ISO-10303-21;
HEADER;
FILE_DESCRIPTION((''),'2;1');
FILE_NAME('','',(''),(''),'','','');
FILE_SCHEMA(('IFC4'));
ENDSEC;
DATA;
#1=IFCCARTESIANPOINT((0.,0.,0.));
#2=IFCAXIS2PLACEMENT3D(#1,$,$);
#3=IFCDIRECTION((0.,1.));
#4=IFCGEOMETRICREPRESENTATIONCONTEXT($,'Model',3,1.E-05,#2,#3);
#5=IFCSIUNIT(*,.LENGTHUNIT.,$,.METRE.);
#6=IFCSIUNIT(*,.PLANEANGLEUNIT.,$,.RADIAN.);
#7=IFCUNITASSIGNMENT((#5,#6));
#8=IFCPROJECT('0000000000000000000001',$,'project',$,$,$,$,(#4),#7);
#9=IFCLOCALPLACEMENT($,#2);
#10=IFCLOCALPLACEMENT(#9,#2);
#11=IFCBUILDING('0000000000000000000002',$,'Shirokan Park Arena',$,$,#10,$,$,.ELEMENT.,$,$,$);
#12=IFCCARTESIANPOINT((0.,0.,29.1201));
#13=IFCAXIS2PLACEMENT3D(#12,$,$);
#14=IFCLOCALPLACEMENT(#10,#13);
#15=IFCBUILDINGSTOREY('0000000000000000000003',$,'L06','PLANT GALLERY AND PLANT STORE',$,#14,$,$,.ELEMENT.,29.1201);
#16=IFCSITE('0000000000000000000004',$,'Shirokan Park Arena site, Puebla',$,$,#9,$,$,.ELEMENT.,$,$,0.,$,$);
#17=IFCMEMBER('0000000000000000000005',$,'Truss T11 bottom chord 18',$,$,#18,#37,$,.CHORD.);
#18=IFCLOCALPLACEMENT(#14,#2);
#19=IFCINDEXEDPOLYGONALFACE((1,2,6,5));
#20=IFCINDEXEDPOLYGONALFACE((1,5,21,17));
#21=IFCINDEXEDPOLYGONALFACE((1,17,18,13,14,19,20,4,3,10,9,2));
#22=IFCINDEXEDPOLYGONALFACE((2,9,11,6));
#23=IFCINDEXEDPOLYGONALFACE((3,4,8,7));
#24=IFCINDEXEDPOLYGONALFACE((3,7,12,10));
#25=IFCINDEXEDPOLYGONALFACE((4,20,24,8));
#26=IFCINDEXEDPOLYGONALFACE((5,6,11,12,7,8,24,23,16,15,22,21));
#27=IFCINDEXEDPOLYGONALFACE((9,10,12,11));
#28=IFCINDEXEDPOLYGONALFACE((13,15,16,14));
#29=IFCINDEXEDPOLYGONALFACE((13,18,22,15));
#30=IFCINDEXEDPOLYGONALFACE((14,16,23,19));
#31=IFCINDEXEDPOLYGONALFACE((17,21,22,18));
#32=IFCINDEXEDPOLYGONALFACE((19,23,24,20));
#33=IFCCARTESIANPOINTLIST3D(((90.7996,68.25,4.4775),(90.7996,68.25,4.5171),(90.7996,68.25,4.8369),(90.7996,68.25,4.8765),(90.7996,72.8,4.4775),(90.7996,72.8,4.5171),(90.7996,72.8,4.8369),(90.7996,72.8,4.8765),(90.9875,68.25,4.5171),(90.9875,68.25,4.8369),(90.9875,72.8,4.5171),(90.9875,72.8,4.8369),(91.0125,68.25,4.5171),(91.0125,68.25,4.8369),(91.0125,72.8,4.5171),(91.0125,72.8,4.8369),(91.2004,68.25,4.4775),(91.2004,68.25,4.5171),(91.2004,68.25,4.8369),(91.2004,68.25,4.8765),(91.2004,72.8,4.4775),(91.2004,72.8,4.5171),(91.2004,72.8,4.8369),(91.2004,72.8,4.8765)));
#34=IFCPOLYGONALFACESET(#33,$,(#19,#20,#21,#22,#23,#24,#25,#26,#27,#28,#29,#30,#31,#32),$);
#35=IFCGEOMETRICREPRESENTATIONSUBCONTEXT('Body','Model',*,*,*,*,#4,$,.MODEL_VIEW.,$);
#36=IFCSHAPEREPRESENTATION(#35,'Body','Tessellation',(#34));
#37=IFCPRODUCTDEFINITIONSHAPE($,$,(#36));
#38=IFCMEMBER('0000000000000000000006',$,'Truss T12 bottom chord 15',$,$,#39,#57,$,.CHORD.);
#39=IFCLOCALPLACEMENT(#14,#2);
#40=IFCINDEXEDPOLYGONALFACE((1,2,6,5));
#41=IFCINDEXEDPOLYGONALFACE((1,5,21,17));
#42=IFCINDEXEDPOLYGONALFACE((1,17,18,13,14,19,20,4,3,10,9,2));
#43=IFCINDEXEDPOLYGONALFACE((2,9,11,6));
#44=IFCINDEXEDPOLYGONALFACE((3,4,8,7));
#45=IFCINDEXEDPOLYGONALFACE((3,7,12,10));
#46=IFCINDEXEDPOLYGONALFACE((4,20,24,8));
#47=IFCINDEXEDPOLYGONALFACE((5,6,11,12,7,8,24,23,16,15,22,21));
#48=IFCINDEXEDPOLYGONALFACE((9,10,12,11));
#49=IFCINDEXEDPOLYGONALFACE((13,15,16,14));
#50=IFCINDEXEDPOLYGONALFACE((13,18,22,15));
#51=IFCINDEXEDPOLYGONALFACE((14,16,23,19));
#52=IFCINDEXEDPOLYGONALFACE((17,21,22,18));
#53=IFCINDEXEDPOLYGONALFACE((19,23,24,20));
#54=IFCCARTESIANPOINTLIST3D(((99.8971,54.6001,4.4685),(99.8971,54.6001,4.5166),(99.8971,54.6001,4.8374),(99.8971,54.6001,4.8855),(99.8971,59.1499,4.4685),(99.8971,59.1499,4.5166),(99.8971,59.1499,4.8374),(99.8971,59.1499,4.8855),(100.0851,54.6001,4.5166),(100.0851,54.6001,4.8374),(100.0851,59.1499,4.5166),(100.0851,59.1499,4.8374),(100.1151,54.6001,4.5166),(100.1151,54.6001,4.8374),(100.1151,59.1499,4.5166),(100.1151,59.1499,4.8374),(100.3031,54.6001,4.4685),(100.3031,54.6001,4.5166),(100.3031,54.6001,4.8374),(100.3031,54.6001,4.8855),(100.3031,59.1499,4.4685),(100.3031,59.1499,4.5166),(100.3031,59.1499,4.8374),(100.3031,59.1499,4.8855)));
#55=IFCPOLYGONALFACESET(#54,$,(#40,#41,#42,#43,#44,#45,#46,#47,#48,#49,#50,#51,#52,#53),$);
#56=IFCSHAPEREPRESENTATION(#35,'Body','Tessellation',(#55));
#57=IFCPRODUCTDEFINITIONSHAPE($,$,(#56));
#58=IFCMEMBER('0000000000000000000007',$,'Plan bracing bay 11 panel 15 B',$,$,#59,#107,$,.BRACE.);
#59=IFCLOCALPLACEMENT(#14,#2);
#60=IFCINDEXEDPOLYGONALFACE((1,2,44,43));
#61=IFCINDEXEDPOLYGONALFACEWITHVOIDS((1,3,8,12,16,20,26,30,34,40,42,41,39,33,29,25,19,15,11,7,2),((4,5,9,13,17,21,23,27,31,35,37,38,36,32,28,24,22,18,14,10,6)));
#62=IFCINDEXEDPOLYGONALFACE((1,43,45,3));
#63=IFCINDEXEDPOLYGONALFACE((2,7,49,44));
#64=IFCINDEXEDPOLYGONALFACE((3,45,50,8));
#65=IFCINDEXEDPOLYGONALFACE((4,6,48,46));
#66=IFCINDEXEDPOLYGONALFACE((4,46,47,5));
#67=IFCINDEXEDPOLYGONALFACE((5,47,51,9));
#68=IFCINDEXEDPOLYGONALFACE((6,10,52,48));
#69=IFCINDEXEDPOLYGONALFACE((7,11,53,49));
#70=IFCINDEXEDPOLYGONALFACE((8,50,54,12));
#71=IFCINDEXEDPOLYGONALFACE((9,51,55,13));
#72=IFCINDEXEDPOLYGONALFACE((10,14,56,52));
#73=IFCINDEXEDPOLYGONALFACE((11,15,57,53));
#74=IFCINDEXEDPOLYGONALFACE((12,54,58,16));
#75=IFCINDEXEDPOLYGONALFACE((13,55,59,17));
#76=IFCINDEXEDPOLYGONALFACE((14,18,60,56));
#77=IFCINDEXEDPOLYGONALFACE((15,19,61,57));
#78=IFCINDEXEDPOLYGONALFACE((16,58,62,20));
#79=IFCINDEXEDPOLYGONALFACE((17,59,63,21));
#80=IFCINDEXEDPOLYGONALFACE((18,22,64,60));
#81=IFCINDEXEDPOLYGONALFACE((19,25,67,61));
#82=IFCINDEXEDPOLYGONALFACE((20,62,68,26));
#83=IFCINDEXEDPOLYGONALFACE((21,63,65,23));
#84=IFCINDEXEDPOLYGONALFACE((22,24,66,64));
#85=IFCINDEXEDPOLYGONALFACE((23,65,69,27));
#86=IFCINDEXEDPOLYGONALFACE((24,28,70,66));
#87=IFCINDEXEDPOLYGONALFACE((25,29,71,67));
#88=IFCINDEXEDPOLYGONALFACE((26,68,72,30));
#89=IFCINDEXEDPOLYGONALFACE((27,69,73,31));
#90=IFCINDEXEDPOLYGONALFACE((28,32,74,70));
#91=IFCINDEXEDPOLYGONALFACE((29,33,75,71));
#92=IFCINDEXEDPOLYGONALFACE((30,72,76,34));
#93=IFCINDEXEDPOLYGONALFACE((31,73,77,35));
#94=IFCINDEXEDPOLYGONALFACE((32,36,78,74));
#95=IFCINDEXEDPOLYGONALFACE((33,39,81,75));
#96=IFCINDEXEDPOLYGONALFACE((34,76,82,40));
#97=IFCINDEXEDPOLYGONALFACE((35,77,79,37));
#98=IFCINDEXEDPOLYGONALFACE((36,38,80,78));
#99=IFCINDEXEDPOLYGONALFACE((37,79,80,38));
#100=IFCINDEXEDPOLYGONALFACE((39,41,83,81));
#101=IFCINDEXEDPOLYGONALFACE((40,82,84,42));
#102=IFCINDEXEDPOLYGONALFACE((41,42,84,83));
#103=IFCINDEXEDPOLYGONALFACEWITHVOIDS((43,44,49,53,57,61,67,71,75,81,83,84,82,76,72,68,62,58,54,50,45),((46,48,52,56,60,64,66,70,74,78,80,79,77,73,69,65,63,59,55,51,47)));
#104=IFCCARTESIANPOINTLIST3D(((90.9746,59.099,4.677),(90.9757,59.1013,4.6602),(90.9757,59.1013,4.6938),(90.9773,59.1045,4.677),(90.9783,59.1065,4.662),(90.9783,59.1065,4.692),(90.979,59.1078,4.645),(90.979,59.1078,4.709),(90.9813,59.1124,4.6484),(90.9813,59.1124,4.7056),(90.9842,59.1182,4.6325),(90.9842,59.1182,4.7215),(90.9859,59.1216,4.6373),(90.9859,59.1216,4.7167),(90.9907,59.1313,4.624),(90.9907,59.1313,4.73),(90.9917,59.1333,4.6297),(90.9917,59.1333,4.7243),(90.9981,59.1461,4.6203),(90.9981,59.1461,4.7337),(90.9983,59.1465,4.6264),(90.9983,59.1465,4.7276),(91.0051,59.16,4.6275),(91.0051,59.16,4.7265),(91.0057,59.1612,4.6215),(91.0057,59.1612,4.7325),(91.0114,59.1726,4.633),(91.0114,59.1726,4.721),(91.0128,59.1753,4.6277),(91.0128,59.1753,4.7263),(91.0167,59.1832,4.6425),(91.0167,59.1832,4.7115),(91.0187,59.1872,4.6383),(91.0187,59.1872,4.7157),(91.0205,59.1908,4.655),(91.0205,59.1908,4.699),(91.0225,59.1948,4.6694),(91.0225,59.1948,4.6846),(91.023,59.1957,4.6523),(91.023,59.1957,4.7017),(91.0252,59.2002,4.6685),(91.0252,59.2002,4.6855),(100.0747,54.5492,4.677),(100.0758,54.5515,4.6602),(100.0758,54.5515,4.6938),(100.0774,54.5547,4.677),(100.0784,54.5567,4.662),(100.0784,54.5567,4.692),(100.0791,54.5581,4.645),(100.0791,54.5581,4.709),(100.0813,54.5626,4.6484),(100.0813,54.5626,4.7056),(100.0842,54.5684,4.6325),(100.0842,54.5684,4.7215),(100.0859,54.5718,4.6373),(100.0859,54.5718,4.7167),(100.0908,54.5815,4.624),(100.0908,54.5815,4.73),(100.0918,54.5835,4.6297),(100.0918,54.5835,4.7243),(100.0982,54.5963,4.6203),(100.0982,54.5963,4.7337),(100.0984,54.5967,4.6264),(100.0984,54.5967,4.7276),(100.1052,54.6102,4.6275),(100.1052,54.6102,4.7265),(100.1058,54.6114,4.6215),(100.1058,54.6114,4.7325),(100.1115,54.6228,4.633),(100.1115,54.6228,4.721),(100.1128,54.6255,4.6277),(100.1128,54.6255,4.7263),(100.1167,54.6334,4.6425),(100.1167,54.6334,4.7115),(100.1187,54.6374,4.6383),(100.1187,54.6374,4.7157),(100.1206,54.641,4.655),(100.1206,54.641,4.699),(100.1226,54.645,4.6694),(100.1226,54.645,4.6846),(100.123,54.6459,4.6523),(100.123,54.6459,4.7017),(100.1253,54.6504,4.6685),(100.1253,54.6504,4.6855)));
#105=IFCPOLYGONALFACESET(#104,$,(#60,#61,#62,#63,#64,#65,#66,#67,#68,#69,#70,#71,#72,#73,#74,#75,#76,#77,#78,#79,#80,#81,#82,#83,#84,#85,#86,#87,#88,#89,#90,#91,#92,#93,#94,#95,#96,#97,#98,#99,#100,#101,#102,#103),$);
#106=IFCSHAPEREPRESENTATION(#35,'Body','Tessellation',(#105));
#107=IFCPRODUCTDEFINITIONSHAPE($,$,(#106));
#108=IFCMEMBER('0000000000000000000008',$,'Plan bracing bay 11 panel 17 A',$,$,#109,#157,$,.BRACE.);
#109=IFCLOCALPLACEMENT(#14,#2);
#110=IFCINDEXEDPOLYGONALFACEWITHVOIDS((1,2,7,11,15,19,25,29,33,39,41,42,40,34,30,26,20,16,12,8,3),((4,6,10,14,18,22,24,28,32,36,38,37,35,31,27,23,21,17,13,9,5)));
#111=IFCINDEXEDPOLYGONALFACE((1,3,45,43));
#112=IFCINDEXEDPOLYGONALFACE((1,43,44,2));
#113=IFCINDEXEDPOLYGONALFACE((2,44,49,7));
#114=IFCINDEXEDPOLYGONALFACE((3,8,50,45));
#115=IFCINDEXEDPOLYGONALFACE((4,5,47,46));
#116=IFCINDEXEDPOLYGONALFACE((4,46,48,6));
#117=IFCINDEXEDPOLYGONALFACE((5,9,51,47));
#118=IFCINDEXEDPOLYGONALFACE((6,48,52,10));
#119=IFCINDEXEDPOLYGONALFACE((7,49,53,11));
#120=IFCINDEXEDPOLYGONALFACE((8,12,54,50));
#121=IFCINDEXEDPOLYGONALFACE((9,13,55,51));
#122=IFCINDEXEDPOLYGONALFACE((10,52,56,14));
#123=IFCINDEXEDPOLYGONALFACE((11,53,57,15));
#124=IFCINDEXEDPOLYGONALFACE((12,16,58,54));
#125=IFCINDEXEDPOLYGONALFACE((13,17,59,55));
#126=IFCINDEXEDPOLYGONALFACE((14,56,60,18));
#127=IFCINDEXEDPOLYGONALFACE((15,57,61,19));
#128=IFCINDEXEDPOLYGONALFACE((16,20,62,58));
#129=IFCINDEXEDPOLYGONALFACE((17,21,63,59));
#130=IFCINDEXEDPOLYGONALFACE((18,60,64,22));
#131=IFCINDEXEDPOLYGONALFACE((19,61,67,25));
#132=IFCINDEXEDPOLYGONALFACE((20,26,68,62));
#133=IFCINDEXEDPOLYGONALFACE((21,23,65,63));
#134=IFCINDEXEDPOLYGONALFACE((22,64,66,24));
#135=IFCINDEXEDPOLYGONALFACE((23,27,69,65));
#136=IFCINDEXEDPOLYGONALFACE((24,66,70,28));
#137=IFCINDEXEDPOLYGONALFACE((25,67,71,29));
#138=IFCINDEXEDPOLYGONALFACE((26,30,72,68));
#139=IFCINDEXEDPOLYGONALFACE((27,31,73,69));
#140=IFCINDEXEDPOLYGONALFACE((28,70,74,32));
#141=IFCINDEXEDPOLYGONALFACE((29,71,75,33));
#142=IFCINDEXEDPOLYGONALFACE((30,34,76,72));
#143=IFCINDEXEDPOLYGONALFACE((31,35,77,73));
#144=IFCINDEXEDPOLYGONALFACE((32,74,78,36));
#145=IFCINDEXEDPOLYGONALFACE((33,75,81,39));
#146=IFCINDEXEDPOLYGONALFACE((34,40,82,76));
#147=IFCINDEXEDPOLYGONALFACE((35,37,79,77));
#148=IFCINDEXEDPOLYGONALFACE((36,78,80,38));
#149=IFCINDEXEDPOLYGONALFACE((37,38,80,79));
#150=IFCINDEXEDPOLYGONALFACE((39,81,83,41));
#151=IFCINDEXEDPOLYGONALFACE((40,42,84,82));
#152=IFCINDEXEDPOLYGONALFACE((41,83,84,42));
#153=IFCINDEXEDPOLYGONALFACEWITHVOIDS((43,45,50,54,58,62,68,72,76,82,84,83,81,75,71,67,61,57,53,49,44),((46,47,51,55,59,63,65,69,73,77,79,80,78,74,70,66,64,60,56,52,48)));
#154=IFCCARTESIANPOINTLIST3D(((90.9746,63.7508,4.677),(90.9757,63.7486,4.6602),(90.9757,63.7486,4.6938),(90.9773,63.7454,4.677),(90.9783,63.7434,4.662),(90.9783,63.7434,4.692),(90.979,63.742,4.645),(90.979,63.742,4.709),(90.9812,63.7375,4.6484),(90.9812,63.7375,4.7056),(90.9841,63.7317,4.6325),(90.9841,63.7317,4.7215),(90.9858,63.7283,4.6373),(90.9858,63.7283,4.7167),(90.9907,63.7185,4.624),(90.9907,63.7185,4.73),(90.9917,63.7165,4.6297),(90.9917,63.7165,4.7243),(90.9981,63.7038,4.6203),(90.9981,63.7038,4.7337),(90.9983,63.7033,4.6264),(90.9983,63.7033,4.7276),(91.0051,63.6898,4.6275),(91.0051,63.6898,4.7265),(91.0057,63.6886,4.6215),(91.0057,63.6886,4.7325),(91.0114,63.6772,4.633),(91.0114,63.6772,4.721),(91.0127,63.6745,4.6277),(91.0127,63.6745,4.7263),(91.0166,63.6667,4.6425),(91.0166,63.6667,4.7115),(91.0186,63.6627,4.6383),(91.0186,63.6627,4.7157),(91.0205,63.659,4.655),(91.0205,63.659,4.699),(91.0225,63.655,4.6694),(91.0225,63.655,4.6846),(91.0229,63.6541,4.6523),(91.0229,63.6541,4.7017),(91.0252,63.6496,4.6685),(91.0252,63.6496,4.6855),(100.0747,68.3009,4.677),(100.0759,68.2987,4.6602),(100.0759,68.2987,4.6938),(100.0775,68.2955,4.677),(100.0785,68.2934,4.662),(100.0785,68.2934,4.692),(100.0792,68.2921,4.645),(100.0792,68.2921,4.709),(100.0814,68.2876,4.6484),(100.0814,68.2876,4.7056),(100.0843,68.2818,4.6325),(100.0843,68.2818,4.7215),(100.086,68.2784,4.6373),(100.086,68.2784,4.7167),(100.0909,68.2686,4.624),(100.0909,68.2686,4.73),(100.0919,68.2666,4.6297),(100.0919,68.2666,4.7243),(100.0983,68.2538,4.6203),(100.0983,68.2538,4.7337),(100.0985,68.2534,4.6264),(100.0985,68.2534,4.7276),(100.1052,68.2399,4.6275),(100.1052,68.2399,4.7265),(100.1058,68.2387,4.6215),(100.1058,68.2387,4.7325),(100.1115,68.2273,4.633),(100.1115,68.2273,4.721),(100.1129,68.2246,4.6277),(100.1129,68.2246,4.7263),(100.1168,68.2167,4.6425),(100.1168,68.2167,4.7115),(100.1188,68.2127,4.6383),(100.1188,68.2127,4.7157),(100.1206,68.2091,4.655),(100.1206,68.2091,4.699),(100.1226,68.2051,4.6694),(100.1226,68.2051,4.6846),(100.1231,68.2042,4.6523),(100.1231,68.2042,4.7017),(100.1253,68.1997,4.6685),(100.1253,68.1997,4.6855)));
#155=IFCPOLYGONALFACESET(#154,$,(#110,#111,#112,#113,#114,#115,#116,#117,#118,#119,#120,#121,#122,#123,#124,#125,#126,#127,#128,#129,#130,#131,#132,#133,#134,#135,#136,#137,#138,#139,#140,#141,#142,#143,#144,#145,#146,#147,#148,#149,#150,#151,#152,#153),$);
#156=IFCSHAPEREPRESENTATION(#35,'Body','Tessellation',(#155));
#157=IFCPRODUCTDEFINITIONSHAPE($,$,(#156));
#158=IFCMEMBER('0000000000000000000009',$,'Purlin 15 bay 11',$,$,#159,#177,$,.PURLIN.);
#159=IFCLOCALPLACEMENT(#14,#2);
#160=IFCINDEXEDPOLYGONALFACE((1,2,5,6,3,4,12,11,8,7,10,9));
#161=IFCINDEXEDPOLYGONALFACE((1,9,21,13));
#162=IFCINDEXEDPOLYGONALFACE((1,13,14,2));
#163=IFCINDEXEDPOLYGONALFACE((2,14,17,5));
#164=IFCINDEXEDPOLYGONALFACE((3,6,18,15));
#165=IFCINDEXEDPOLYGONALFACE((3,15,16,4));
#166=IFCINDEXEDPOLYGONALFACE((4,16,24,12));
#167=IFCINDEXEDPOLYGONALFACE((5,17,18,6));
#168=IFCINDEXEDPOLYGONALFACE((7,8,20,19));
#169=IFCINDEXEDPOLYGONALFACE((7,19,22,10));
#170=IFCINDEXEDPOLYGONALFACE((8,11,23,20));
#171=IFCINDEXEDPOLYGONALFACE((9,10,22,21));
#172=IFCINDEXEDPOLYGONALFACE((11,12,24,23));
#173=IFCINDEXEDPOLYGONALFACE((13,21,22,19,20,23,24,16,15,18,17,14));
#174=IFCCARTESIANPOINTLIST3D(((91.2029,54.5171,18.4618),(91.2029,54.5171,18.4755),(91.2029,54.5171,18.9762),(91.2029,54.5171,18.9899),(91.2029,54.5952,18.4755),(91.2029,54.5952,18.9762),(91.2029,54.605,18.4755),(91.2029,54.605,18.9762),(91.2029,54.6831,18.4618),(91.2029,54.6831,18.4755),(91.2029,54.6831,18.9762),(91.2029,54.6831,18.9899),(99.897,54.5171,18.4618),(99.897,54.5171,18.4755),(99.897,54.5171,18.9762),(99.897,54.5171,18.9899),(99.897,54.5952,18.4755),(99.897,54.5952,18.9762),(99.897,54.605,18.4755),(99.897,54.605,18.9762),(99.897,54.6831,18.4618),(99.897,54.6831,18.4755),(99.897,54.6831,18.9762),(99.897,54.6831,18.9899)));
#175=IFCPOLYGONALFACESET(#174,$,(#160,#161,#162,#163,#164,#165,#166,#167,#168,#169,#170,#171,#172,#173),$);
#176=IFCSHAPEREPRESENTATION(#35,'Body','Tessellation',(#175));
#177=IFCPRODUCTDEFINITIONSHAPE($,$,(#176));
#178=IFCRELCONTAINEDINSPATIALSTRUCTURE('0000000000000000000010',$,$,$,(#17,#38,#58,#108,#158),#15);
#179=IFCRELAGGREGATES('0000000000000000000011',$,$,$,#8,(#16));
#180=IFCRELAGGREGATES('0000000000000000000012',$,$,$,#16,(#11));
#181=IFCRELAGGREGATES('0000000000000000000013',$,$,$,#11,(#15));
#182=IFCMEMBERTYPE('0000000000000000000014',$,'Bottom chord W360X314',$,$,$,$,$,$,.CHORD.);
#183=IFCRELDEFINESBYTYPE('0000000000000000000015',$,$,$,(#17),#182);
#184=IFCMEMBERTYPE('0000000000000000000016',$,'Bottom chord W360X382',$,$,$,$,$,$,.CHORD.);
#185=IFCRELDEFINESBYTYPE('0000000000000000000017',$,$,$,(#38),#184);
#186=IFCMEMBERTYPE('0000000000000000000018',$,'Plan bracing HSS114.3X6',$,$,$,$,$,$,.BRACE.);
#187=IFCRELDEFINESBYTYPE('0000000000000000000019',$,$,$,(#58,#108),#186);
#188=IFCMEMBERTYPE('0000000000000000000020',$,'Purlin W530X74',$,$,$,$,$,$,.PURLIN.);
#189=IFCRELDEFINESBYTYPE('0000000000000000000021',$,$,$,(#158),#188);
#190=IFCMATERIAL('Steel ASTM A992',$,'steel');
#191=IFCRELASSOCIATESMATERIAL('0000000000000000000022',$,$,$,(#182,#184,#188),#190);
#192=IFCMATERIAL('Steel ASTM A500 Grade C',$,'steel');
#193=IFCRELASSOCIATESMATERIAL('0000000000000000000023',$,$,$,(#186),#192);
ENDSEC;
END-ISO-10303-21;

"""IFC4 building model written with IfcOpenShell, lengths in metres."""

from ifc_helpers import new_model, si_unit, direction, frame, origin, origin_2d, place, context, subcontext, project, spatial, hollow_circle, i_section, extrude, material, material_profile, profile_set, type_object, element, save


model = new_model("IFC4")

# Units and contexts
model_context = context("Model", 3, precision=1e-05, world=origin(), true_north=direction((0.0, 1.0)))
body_context = subcontext(model_context, "Body", "Model", "MODEL_VIEW")
ifc_project = project(units=[si_unit("LENGTHUNIT", "METRE"), si_unit("PLANEANGLEUNIT", "RADIAN")], contexts=[model_context])

# Site, building, storey
site_placement = place(None, origin())
site = spatial("IfcSite", under=ifc_project, at=site_placement, Name="Shirokan Park Arena site, Puebla", CompositionType="ELEMENT", RefElevation=0.0)
building_placement = place(site_placement, origin())
building = spatial("IfcBuilding", under=site, at=building_placement, Name="Shirokan Park Arena", CompositionType="ELEMENT")
storey_placement = place(building_placement, frame((0.0, 0.0, 29.1201)))
storey = spatial("IfcBuildingStorey", under=building, at=storey_placement, Name="L06", Description="PLANT GALLERY AND PLANT STORE", CompositionType="ELEMENT", Elevation=29.1201)

# Members
ifc_material_1 = material(Name="Steel ASTM A992", Category="steel")
ifc_material_profile_1 = material_profile(ifc_material_1, i_section(OverallWidth=0.4009, OverallDepth=0.3989, WebThickness=0.0249, FlangeThickness=0.0396, at=origin_2d()), Name="W360X314")
ifc_profile_set_1 = profile_set([ifc_material_profile_1], Name="Steel ASTM A992")
member_type_1 = type_object("IfcMemberType", Name="Bottom chord W360X314", PredefinedType="CHORD", material=ifc_profile_set_1)
member_1_placement = place(storey_placement, frame((91.0, 68.25, 4.677), z_axis=(0.0, 1.0, 0.0), x_axis=(-1.0, 0.0, 0.0)))
element("IfcMember", 1, at=member_1_placement, inside=storey, type_object=member_type_1, Name="Truss T11 bottom chord 18", PredefinedType="CHORD", context=body_context, shape_type="SweptSolid", body=[
    extrude(i_section(OverallWidth=0.4009, OverallDepth=0.3989, WebThickness=0.0249, FlangeThickness=0.0396, at=origin_2d()), origin(), (0.0, 0.0, 1.0), 4.55),
])
ifc_material_profile_2 = material_profile(ifc_material_1, i_section(OverallWidth=0.406, OverallDepth=0.417, WebThickness=0.03, FlangeThickness=0.0481, at=origin_2d()), Name="W360X382")
ifc_profile_set_2 = profile_set([ifc_material_profile_2], Name="Steel ASTM A992")
member_type_2 = type_object("IfcMemberType", Name="Bottom chord W360X382", PredefinedType="CHORD", material=ifc_profile_set_2)
member_2_placement = place(storey_placement, frame((100.1001, 54.6001, 4.677), z_axis=(0.0, 1.0, 0.0), x_axis=(-1.0, 0.0, 0.0)))
element("IfcMember", 2, at=member_2_placement, inside=storey, type_object=member_type_2, Name="Truss T12 bottom chord 15", PredefinedType="CHORD", context=body_context, shape_type="SweptSolid", body=[
    extrude(i_section(OverallWidth=0.406, OverallDepth=0.417, WebThickness=0.03, FlangeThickness=0.0481, at=origin_2d()), origin(), (0.0, 0.0, 1.0), 4.5498),
])
ifc_material_2 = material(Name="Steel ASTM A500 Grade C", Category="steel")
ifc_material_profile_3 = material_profile(ifc_material_2, hollow_circle(Radius=0.0569, WallThickness=0.0061, at=origin_2d()), Name="HSS114.3X6")
ifc_profile_set_3 = profile_set([ifc_material_profile_3], Name="Steel ASTM A500 Grade C")
member_type_3 = type_object("IfcMemberType", Name="Plan bracing HSS114.3X6", PredefinedType="BRACE", material=ifc_profile_set_3)
member_3_placement = place(storey_placement, frame((100.1001, 54.6001, 4.677), z_axis=(-0.894437, 0.447194, 0.0), x_axis=(-0.447194, -0.894437, 0.0)))
element("IfcMember", 3, at=member_3_placement, inside=storey, type_object=member_type_3, Name="Plan bracing bay 11 panel 15 B", PredefinedType="BRACE", context=body_context, shape_type="SweptSolid", body=[
    extrude(hollow_circle(Radius=0.0569, WallThickness=0.0061, at=origin_2d()), origin(), (0.0, 0.0, 1.0), 10.1741),
])
member_4_placement = place(storey_placement, frame((91.0, 63.7, 4.677), z_axis=(0.894427, 0.447214, 0.0), x_axis=(-0.447214, 0.894427, 0.0)))
element("IfcMember", 4, at=member_4_placement, inside=storey, type_object=member_type_3, Name="Plan bracing bay 11 panel 17 A", PredefinedType="BRACE", context=body_context, shape_type="SweptSolid", body=[
    extrude(hollow_circle(Radius=0.0569, WallThickness=0.0061, at=origin_2d()), origin(), (0.0, 0.0, 1.0), 10.1743),
])
ifc_material_profile_4 = material_profile(ifc_material_1, i_section(OverallWidth=0.166, OverallDepth=0.5281, WebThickness=0.0098, FlangeThickness=0.0137, at=origin_2d()), Name="W530X74")
ifc_profile_set_4 = profile_set([ifc_material_profile_4], Name="Steel ASTM A992")
member_type_4 = type_object("IfcMemberType", Name="Purlin W530X74", PredefinedType="PURLIN", material=ifc_profile_set_4)
for number, where, z_axis, x_axis, name in (
    (5, (91.2029, 54.6001, 18.7258), (1.0, 0.0, 0.0), (0.0, 1.0, 0.0), "Purlin 15 bay 11"),
):
    element("IfcMember", number, at=place(storey_placement, frame(where, z_axis=z_axis, x_axis=x_axis)), inside=storey, type_object=member_type_4, Name=name, PredefinedType="PURLIN", context=body_context, shape_type="SweptSolid", body=[
        extrude(i_section(OverallWidth=0.166, OverallDepth=0.5281, WebThickness=0.0098, FlangeThickness=0.0137, at=origin_2d()), origin(), (0.0, 0.0, 1.0), 8.6941),
    ])

save(model, "model.ifc")
